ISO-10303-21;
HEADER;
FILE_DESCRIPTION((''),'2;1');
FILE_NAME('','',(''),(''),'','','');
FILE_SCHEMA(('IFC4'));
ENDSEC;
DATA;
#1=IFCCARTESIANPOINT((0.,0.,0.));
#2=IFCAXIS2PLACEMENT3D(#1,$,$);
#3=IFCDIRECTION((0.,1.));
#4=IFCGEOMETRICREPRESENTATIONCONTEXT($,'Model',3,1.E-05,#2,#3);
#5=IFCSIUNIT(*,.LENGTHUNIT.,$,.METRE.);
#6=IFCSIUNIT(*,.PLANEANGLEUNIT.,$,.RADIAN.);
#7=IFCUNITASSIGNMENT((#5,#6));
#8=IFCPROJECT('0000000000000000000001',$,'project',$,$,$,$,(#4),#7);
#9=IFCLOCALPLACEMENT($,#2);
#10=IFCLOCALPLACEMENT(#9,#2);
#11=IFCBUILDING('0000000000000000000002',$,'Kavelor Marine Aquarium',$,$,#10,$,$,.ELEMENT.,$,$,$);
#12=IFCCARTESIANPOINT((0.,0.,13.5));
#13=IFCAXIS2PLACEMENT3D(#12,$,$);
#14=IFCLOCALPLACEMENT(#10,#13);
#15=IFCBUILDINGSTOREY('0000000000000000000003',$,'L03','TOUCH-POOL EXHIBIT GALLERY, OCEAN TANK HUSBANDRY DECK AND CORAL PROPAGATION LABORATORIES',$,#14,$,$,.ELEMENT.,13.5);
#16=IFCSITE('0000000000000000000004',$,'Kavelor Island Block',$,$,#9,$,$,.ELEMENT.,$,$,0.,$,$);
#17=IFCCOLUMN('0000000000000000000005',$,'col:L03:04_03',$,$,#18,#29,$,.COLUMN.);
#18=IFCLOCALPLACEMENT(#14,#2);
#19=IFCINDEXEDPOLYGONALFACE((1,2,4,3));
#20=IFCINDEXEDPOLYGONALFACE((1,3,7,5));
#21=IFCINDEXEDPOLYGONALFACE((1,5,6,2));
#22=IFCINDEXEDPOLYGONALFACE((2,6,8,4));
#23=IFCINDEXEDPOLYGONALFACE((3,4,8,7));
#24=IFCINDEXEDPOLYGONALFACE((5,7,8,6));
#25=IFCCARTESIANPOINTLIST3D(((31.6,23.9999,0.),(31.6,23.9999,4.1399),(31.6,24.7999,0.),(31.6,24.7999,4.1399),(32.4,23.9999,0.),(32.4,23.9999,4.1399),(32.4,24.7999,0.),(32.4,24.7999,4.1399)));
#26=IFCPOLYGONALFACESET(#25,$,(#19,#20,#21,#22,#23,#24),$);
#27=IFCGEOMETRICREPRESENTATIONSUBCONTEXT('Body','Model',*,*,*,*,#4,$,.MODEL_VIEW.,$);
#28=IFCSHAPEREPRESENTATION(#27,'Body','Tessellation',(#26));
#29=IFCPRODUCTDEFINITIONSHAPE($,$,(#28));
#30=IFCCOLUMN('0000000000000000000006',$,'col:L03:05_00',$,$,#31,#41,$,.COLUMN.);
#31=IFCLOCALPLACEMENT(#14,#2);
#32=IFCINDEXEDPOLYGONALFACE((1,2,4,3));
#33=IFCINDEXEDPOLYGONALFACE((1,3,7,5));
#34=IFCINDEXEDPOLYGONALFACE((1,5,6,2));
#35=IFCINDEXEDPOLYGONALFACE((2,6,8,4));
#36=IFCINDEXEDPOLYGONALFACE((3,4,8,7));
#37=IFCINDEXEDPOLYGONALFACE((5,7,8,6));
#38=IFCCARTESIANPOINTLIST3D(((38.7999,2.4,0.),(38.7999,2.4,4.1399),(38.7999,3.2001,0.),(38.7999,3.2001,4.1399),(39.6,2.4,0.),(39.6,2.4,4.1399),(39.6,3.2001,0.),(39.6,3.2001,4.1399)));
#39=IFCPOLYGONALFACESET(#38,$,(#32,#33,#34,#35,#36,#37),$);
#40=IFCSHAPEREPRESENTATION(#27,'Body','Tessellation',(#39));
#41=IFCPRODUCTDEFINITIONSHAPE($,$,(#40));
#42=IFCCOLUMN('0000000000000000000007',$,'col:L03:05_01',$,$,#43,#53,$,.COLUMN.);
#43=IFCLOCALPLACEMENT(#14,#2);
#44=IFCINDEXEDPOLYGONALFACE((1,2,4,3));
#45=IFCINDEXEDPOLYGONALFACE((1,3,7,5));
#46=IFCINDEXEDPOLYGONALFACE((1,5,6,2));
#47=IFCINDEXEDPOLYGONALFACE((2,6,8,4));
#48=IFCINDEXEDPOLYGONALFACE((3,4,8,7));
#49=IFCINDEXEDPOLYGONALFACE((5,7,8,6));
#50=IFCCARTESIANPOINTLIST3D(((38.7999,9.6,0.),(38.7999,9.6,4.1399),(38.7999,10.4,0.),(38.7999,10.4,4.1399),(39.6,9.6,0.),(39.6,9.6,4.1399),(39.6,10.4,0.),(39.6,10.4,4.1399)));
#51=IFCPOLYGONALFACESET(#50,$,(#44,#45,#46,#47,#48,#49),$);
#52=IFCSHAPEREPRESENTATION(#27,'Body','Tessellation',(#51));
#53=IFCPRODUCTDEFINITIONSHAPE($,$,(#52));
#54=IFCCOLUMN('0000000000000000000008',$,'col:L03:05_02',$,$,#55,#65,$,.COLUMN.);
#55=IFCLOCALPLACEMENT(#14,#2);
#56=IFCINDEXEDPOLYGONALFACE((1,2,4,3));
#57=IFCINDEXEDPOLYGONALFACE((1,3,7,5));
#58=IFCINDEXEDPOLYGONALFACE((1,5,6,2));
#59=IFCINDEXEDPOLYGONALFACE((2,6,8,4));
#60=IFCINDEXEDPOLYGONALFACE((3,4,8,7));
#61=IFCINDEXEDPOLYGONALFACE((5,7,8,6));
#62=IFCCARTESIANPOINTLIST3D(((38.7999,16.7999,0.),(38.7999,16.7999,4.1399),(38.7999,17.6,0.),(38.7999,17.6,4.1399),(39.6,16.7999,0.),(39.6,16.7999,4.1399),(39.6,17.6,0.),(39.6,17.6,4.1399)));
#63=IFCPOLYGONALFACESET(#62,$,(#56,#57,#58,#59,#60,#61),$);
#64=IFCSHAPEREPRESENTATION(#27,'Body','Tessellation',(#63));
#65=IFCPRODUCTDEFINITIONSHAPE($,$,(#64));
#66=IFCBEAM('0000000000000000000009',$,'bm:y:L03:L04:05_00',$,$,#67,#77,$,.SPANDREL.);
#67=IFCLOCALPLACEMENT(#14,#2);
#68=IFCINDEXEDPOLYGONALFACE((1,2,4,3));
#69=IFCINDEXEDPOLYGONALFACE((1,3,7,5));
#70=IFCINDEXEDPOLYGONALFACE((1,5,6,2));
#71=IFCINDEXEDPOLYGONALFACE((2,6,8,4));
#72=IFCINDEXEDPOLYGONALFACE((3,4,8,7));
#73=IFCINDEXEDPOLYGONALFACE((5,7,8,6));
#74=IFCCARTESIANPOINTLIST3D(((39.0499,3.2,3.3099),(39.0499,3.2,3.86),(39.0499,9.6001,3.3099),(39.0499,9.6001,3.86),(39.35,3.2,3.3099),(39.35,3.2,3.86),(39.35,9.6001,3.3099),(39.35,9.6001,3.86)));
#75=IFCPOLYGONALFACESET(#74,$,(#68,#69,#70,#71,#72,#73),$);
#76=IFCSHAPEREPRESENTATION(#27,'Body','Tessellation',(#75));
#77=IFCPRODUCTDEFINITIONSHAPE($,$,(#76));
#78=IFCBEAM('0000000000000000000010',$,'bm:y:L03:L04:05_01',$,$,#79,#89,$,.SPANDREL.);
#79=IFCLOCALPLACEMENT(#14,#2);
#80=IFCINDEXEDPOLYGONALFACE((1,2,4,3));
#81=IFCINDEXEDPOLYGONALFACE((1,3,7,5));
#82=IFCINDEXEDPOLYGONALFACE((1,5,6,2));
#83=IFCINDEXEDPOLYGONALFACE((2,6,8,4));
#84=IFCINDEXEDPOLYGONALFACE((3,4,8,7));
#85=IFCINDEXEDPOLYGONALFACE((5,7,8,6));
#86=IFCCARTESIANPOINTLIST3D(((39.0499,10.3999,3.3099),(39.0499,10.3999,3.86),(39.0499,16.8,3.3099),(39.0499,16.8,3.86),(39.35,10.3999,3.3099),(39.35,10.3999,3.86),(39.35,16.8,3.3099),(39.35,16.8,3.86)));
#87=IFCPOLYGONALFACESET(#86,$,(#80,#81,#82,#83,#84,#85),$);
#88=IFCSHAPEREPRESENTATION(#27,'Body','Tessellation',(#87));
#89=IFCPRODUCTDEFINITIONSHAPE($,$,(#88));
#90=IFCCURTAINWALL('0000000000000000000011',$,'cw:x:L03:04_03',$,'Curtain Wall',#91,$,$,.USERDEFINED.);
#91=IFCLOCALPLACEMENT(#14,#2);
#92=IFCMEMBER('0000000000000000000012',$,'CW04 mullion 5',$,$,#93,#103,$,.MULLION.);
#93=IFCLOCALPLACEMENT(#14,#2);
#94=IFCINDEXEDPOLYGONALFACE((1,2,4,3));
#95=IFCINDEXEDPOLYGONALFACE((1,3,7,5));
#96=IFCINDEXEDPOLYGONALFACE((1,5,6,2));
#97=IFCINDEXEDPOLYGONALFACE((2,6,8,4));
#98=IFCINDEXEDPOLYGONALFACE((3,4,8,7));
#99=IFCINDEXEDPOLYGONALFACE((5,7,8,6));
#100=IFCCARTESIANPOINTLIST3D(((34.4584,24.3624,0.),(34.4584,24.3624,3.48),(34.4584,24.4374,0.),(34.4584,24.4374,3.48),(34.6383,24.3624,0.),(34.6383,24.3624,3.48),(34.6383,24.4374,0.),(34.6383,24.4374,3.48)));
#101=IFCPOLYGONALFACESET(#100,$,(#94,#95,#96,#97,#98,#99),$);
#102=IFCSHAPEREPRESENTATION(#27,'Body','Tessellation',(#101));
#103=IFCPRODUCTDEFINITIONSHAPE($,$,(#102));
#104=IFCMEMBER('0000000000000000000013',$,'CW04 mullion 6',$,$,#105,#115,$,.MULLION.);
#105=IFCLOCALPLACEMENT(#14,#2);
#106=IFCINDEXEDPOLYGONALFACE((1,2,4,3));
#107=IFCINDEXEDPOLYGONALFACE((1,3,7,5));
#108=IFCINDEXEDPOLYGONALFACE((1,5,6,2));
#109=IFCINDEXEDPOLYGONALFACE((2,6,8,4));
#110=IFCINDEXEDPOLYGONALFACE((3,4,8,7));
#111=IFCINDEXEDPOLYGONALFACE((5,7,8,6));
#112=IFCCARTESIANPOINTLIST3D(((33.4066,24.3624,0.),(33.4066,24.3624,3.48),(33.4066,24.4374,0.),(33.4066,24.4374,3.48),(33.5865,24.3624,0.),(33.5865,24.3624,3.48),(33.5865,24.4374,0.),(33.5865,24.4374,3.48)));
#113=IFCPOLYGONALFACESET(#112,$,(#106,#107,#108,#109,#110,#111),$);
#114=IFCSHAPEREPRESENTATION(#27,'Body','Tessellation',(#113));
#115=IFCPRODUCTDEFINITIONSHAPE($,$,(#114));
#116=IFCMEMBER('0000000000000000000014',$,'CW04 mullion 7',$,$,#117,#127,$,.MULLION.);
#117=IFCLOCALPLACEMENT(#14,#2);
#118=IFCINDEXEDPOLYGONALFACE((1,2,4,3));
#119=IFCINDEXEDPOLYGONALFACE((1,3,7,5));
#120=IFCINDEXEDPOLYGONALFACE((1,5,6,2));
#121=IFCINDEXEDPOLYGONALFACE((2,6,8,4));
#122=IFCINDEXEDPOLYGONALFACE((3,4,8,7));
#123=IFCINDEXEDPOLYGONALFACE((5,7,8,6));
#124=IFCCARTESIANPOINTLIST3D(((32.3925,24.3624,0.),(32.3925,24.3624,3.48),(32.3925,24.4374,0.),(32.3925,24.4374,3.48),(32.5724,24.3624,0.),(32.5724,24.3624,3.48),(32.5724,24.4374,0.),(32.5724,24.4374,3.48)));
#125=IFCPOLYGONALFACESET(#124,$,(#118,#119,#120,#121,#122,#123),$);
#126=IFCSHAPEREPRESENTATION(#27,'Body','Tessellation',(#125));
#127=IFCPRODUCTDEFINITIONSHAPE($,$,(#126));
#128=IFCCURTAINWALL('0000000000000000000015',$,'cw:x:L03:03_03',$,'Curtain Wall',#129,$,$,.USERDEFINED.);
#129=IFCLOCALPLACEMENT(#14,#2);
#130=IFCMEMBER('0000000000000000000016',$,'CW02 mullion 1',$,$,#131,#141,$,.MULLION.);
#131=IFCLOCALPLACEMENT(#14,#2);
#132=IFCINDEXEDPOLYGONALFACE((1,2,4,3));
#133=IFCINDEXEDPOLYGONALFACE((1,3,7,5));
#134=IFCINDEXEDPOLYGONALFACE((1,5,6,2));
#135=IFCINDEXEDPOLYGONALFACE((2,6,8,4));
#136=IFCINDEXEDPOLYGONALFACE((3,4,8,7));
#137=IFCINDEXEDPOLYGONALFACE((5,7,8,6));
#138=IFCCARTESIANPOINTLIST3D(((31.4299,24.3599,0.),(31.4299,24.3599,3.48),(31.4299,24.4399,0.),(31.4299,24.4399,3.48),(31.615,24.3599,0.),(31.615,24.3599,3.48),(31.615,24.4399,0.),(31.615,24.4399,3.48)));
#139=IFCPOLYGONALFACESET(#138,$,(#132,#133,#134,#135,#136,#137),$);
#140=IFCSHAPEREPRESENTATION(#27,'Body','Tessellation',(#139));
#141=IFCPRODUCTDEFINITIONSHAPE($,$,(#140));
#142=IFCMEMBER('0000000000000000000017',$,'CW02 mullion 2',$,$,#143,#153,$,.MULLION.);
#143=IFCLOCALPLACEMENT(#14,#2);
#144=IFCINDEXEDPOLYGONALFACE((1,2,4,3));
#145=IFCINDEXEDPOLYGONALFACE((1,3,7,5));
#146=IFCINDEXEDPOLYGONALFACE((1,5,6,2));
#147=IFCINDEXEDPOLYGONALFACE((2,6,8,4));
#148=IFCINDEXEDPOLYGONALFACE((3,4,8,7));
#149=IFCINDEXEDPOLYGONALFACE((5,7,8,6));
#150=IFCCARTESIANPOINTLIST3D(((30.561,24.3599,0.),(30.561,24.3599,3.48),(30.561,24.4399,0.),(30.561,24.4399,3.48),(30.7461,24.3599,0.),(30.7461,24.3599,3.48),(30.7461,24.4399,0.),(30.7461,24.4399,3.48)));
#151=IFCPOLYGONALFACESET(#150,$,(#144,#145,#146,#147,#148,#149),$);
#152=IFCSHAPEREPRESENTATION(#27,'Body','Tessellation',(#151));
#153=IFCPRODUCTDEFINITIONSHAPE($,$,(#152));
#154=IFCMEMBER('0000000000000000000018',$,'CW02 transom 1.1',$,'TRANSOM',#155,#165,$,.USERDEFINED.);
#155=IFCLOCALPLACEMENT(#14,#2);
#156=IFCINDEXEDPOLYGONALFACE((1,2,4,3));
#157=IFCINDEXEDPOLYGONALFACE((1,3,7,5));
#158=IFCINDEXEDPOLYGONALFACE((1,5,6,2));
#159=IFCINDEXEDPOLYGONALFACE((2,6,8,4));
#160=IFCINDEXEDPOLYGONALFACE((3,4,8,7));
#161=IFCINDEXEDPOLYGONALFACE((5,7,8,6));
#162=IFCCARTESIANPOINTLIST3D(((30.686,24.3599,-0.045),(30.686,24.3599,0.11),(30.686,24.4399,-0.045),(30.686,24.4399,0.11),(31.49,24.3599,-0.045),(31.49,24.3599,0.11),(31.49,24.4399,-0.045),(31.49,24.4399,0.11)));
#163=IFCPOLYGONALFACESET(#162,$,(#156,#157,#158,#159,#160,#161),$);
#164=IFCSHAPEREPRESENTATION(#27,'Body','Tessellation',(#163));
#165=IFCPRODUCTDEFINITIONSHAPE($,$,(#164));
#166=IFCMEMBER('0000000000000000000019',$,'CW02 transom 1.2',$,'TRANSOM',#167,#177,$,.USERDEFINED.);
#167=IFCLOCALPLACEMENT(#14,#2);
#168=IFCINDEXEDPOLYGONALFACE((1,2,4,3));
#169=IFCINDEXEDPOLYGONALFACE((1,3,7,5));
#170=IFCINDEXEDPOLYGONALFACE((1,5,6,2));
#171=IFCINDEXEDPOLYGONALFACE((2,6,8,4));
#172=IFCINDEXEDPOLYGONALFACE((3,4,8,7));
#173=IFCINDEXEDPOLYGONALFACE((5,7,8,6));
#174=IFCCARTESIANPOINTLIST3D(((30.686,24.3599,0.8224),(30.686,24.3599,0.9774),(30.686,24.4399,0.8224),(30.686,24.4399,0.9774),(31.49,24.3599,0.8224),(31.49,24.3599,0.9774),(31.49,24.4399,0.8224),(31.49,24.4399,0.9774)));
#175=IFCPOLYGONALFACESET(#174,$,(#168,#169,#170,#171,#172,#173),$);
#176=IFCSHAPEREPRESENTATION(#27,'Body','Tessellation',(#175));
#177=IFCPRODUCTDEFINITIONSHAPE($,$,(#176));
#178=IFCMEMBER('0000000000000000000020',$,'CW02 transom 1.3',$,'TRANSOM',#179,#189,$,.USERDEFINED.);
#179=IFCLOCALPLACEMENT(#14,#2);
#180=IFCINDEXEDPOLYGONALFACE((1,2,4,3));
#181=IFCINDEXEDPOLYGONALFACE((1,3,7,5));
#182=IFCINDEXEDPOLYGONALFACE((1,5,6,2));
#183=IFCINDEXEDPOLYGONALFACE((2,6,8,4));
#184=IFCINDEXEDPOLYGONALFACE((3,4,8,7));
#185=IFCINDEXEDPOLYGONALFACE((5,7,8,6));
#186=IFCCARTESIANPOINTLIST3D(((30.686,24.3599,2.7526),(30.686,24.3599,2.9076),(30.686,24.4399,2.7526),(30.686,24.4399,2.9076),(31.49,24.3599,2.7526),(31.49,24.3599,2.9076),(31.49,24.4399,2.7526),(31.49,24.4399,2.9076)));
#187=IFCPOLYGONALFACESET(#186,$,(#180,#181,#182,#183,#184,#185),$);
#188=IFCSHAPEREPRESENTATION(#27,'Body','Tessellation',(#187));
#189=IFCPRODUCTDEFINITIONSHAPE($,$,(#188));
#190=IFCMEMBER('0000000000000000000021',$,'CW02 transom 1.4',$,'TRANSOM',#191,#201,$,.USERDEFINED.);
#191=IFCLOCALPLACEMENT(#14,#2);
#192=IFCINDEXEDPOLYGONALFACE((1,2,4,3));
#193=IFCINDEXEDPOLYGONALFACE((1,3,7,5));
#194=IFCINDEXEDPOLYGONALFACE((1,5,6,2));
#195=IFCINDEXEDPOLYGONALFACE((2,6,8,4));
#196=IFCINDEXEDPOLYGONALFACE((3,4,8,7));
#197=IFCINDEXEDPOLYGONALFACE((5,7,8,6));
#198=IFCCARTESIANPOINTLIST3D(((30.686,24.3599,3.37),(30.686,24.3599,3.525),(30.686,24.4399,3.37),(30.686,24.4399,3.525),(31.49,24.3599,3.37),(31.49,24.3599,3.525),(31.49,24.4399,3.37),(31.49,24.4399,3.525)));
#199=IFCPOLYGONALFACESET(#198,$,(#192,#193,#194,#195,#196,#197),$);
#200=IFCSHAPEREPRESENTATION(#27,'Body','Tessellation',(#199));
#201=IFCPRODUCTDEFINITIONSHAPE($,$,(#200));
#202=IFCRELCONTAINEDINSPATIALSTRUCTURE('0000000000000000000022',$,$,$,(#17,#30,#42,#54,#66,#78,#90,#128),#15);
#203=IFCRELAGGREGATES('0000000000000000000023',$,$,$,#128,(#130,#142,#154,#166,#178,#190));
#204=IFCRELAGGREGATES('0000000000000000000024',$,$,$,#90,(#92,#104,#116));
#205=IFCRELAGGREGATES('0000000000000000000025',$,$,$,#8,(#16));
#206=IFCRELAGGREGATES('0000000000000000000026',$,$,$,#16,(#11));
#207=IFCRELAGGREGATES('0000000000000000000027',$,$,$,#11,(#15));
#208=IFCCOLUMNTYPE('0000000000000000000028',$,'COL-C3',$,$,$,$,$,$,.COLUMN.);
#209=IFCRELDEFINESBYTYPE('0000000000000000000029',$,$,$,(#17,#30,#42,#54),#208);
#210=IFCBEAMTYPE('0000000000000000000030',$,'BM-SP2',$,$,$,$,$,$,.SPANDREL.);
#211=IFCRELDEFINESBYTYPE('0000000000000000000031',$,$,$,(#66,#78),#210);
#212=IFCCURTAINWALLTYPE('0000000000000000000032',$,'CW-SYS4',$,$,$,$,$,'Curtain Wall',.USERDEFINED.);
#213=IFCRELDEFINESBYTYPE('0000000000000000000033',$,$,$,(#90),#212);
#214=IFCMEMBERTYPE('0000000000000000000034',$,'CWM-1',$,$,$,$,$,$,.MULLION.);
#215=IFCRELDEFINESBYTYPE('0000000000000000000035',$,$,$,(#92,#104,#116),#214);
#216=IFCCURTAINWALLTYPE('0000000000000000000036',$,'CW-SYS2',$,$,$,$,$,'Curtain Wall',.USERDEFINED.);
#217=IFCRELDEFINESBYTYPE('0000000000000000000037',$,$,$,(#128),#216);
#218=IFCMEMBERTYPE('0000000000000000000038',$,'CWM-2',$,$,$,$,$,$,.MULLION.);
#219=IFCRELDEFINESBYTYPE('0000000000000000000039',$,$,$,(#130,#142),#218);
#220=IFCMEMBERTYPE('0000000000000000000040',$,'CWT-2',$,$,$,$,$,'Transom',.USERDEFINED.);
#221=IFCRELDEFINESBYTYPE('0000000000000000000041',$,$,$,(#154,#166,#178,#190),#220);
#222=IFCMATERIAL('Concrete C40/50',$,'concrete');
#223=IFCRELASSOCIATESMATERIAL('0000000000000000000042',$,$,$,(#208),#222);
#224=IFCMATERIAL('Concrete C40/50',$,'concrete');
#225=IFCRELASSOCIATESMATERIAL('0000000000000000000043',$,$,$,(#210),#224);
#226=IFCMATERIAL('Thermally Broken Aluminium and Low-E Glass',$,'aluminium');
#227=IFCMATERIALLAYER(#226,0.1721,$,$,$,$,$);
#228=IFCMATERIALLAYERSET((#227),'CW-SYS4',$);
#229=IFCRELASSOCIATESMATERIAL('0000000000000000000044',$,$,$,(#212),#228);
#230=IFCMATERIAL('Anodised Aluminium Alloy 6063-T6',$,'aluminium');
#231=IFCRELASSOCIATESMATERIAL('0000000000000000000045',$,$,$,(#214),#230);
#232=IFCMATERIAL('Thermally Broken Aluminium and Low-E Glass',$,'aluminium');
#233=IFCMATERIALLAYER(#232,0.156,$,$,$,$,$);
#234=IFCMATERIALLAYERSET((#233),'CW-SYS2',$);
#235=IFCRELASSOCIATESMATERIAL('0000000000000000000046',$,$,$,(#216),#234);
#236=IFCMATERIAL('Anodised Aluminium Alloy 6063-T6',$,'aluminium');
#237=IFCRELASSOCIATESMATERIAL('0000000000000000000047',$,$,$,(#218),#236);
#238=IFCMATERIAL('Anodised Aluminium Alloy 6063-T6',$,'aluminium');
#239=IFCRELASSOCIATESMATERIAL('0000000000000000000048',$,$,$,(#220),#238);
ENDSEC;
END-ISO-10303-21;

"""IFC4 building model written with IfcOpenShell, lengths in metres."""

from ifc_helpers import new_model, si_unit, direction, frame, origin, origin_2d, place, context, subcontext, project, spatial, rectangle, extrude, material, layer, layer_set, material_profile, profile_set, type_object, element, aggregate, save


model = new_model("IFC4")

# Units and contexts
model_context = context("Model", 3, precision=1e-05, world=origin(), true_north=direction((0.0, 1.0)))
body_context = subcontext(model_context, "Body", "Model", "MODEL_VIEW")
ifc_project = project(units=[si_unit("LENGTHUNIT", "METRE"), si_unit("PLANEANGLEUNIT", "RADIAN")], contexts=[model_context])

# Site, building, storey
site_placement = place(None, origin())
site = spatial("IfcSite", under=ifc_project, at=site_placement, Name="Kavelor Island Block", CompositionType="ELEMENT", RefElevation=0.0)
building_placement = place(site_placement, origin())
building = spatial("IfcBuilding", under=site, at=building_placement, Name="Kavelor Marine Aquarium", CompositionType="ELEMENT")
storey_placement = place(building_placement, frame((0.0, 0.0, 13.5)))
storey = spatial("IfcBuildingStorey", under=building, at=storey_placement, Name="L03", Description="TOUCH-POOL EXHIBIT GALLERY, OCEAN TANK HUSBANDRY DECK AND CORAL PROPAGATION LABORATORIES", CompositionType="ELEMENT", Elevation=13.5)

# Columns
ifc_material_1 = material(Name="Concrete C40/50", Category="concrete")
ifc_material_profile_1 = material_profile(ifc_material_1, rectangle(XDim=0.8, YDim=0.8, at=origin_2d()), Name="RC-COL 800x800")
ifc_profile_set_1 = profile_set([ifc_material_profile_1], Name="Concrete C40/50")
column_type = type_object("IfcColumnType", Name="COL-C3", PredefinedType="COLUMN", material=ifc_profile_set_1)
for number, where, z_axis, x_axis, name in (
    (1, (32.0, 24.3999, 0.0), (0.0, 0.0, 1.0), (1.0, 0.0, 0.0), "col:L03:04_03"),
    (2, (39.2, 2.8, 0.0), (0.0, 0.0, 1.0), (1.0, 0.0, 0.0), "col:L03:05_00"),
    (3, (39.2, 10.0, 0.0), (0.0, 0.0, 1.0), (1.0, 0.0, 0.0), "col:L03:05_01"),
    (4, (39.2, 17.2, 0.0), (0.0, 0.0, 1.0), (1.0, 0.0, 0.0), "col:L03:05_02"),
):
    element("IfcColumn", number, at=place(storey_placement, frame(where, z_axis=z_axis, x_axis=x_axis)), inside=storey, type_object=column_type, Name=name, PredefinedType="COLUMN", context=body_context, shape_type="SweptSolid", body=[
        extrude(rectangle(XDim=0.8, YDim=0.8, at=origin_2d()), origin(), (0.0, 0.0, 1.0), 4.1399),
    ])

# Beams
ifc_material_2 = material(Name="Concrete C40/50", Category="concrete")
ifc_material_profile_2 = material_profile(ifc_material_2, rectangle(XDim=0.3, YDim=0.55, at=origin_2d()), Name="RC-SP 300x550")
ifc_profile_set_2 = profile_set([ifc_material_profile_2], Name="Concrete C40/50")
beam_type = type_object("IfcBeamType", Name="BM-SP2", PredefinedType="SPANDREL", material=ifc_profile_set_2)
for number, where, z_axis, x_axis, name in (
    (5, (39.2, 3.2, 3.585), (0.0, 1.0, 0.0), (-1.0, 0.0, 0.0), "bm:y:L03:L04:05_00"),
    (6, (39.2, 10.3999, 3.585), (0.0, 1.0, 0.0), (-1.0, 0.0, 0.0), "bm:y:L03:L04:05_01"),
):
    element("IfcBeam", number, at=place(storey_placement, frame(where, z_axis=z_axis, x_axis=x_axis)), inside=storey, type_object=beam_type, Name=name, PredefinedType="SPANDREL", context=body_context, shape_type="SweptSolid", body=[
        extrude(rectangle(XDim=0.3, YDim=0.55, at=origin_2d()), origin(), (0.0, 0.0, 1.0), 6.4001),
    ])

# Curtain walls, members
ifc_material_3 = material(Name="Thermally Broken Aluminium and Low-E Glass", Category="aluminium")
ifc_layer_1 = layer(ifc_material_3, 0.1721)
ifc_layer_set_1 = layer_set([ifc_layer_1], Name="CW-SYS4")
curtain_wall_type_1 = type_object("IfcCurtainWallType", Name="CW-SYS4", ElementType="Curtain Wall", PredefinedType="USERDEFINED", material=ifc_layer_set_1)
curtain_wall_1_placement = place(storey_placement, origin())
curtain_wall_1 = element("IfcCurtainWall", 7, at=curtain_wall_1_placement, inside=storey, type_object=curtain_wall_type_1, Name="cw:x:L03:04_03", ObjectType="Curtain Wall", PredefinedType="USERDEFINED")
ifc_material_4 = material(Name="Anodised Aluminium Alloy 6063-T6", Category="aluminium")
ifc_material_profile_3 = material_profile(ifc_material_4, rectangle(XDim=0.075, YDim=0.1799, at=origin_2d()), Name="CW-MUL 75x180")
ifc_profile_set_3 = profile_set([ifc_material_profile_3], Name="Anodised Aluminium Alloy 6063-T6")
member_type_1 = type_object("IfcMemberType", Name="CWM-1", PredefinedType="MULLION", material=ifc_profile_set_3)
member_1_placement = place(storey_placement, frame((34.5483, 24.3999, 0.0), z_axis=(0.0, 0.0, 1.0), x_axis=(0.0, -1.0, 0.0)))
member_1 = element("IfcMember", 8, at=member_1_placement, type_object=member_type_1, Name="CW04 mullion 5", PredefinedType="MULLION", context=body_context, shape_type="SweptSolid", body=[
    extrude(rectangle(XDim=0.075, YDim=0.1799, at=origin_2d()), origin(), (0.0, 0.0, 1.0), 3.48),
])
member_2_placement = place(storey_placement, frame((33.4966, 24.3999, 0.0), z_axis=(0.0, 0.0, 1.0), x_axis=(0.0, -1.0, 0.0)))
member_2 = element("IfcMember", 9, at=member_2_placement, type_object=member_type_1, Name="CW04 mullion 6", PredefinedType="MULLION", context=body_context, shape_type="SweptSolid", body=[
    extrude(rectangle(XDim=0.075, YDim=0.1799, at=origin_2d()), origin(), (0.0, 0.0, 1.0), 3.48),
])
member_3_placement = place(storey_placement, frame((32.4824, 24.3999, 0.0), z_axis=(0.0, 0.0, 1.0), x_axis=(0.0, -1.0, 0.0)))
member_3 = element("IfcMember", 10, at=member_3_placement, type_object=member_type_1, Name="CW04 mullion 7", PredefinedType="MULLION", context=body_context, shape_type="SweptSolid", body=[
    extrude(rectangle(XDim=0.075, YDim=0.1799, at=origin_2d()), origin(), (0.0, 0.0, 1.0), 3.48),
])
ifc_material_5 = material(Name="Thermally Broken Aluminium and Low-E Glass", Category="aluminium")
ifc_layer_2 = layer(ifc_material_5, 0.156)
ifc_layer_set_2 = layer_set([ifc_layer_2], Name="CW-SYS2")
curtain_wall_type_2 = type_object("IfcCurtainWallType", Name="CW-SYS2", ElementType="Curtain Wall", PredefinedType="USERDEFINED", material=ifc_layer_set_2)
curtain_wall_2_placement = place(storey_placement, origin())
curtain_wall_2 = element("IfcCurtainWall", 11, at=curtain_wall_2_placement, inside=storey, type_object=curtain_wall_type_2, Name="cw:x:L03:03_03", ObjectType="Curtain Wall", PredefinedType="USERDEFINED")
ifc_material_6 = material(Name="Anodised Aluminium Alloy 6063-T6", Category="aluminium")
ifc_material_profile_4 = material_profile(ifc_material_6, rectangle(XDim=0.0801, YDim=0.1851, at=origin_2d()), Name="CW-MUL 80x185")
ifc_profile_set_4 = profile_set([ifc_material_profile_4], Name="Anodised Aluminium Alloy 6063-T6")
member_type_2 = type_object("IfcMemberType", Name="CWM-2", PredefinedType="MULLION", material=ifc_profile_set_4)
member_4_placement = place(storey_placement, frame((31.5225, 24.3999, 0.0), z_axis=(0.0, 0.0, 1.0), x_axis=(0.0, -1.0, 0.0)))
member_4 = element("IfcMember", 12, at=member_4_placement, type_object=member_type_2, Name="CW02 mullion 1", PredefinedType="MULLION", context=body_context, shape_type="SweptSolid", body=[
    extrude(rectangle(XDim=0.0801, YDim=0.1851, at=origin_2d()), origin(), (0.0, 0.0, 1.0), 3.48),
])
member_5_placement = place(storey_placement, frame((30.6536, 24.3999, 0.0), z_axis=(0.0, 0.0, 1.0), x_axis=(0.0, -1.0, 0.0)))
member_5 = element("IfcMember", 13, at=member_5_placement, type_object=member_type_2, Name="CW02 mullion 2", PredefinedType="MULLION", context=body_context, shape_type="SweptSolid", body=[
    extrude(rectangle(XDim=0.0801, YDim=0.1851, at=origin_2d()), origin(), (0.0, 0.0, 1.0), 3.48),
])
ifc_material_7 = material(Name="Anodised Aluminium Alloy 6063-T6", Category="aluminium")
ifc_material_profile_5 = material_profile(ifc_material_7, rectangle(XDim=0.0801, YDim=0.155, at=origin_2d()), Name="CW-TRN 80x155")
ifc_profile_set_5 = profile_set([ifc_material_profile_5], Name="Anodised Aluminium Alloy 6063-T6")
member_type_3 = type_object("IfcMemberType", Name="CWT-2", ElementType="Transom", PredefinedType="USERDEFINED", material=ifc_profile_set_5)
member_6_placement = place(storey_placement, frame((31.49, 24.3999, 0.0325), z_axis=(-1.0, 0.0, 0.0), x_axis=(0.0, -1.0, 0.0)))
member_6 = element("IfcMember", 14, at=member_6_placement, type_object=member_type_3, Name="CW02 transom 1.1", ObjectType="TRANSOM", PredefinedType="USERDEFINED", context=body_context, shape_type="SweptSolid", body=[
    extrude(rectangle(XDim=0.0801, YDim=0.155, at=origin_2d()), origin(), (0.0, 0.0, 1.0), 0.804),
])
member_7_placement = place(storey_placement, frame((31.49, 24.3999, 0.8999), z_axis=(-1.0, 0.0, 0.0), x_axis=(0.0, -1.0, 0.0)))
member_7 = element("IfcMember", 15, at=member_7_placement, type_object=member_type_3, Name="CW02 transom 1.2", ObjectType="TRANSOM", PredefinedType="USERDEFINED", context=body_context, shape_type="SweptSolid", body=[
    extrude(rectangle(XDim=0.0801, YDim=0.155, at=origin_2d()), origin(), (0.0, 0.0, 1.0), 0.804),
])
member_8_placement = place(storey_placement, frame((31.49, 24.3999, 2.8301), z_axis=(-1.0, 0.0, 0.0), x_axis=(0.0, -1.0, 0.0)))
member_8 = element("IfcMember", 16, at=member_8_placement, type_object=member_type_3, Name="CW02 transom 1.3", ObjectType="TRANSOM", PredefinedType="USERDEFINED", context=body_context, shape_type="SweptSolid", body=[
    extrude(rectangle(XDim=0.0801, YDim=0.155, at=origin_2d()), origin(), (0.0, 0.0, 1.0), 0.804),
])
member_9_placement = place(storey_placement, frame((31.49, 24.3999, 3.4475), z_axis=(-1.0, 0.0, 0.0), x_axis=(0.0, -1.0, 0.0)))
member_9 = element("IfcMember", 17, at=member_9_placement, type_object=member_type_3, Name="CW02 transom 1.4", ObjectType="TRANSOM", PredefinedType="USERDEFINED", context=body_context, shape_type="SweptSolid", body=[
    extrude(rectangle(XDim=0.0801, YDim=0.155, at=origin_2d()), origin(), (0.0, 0.0, 1.0), 0.804),
])

aggregate(curtain_wall_2, [member_4, member_5, member_6, member_7, member_8, member_9])
aggregate(curtain_wall_1, [member_1, member_2, member_3])

save(model, "model.ifc")
